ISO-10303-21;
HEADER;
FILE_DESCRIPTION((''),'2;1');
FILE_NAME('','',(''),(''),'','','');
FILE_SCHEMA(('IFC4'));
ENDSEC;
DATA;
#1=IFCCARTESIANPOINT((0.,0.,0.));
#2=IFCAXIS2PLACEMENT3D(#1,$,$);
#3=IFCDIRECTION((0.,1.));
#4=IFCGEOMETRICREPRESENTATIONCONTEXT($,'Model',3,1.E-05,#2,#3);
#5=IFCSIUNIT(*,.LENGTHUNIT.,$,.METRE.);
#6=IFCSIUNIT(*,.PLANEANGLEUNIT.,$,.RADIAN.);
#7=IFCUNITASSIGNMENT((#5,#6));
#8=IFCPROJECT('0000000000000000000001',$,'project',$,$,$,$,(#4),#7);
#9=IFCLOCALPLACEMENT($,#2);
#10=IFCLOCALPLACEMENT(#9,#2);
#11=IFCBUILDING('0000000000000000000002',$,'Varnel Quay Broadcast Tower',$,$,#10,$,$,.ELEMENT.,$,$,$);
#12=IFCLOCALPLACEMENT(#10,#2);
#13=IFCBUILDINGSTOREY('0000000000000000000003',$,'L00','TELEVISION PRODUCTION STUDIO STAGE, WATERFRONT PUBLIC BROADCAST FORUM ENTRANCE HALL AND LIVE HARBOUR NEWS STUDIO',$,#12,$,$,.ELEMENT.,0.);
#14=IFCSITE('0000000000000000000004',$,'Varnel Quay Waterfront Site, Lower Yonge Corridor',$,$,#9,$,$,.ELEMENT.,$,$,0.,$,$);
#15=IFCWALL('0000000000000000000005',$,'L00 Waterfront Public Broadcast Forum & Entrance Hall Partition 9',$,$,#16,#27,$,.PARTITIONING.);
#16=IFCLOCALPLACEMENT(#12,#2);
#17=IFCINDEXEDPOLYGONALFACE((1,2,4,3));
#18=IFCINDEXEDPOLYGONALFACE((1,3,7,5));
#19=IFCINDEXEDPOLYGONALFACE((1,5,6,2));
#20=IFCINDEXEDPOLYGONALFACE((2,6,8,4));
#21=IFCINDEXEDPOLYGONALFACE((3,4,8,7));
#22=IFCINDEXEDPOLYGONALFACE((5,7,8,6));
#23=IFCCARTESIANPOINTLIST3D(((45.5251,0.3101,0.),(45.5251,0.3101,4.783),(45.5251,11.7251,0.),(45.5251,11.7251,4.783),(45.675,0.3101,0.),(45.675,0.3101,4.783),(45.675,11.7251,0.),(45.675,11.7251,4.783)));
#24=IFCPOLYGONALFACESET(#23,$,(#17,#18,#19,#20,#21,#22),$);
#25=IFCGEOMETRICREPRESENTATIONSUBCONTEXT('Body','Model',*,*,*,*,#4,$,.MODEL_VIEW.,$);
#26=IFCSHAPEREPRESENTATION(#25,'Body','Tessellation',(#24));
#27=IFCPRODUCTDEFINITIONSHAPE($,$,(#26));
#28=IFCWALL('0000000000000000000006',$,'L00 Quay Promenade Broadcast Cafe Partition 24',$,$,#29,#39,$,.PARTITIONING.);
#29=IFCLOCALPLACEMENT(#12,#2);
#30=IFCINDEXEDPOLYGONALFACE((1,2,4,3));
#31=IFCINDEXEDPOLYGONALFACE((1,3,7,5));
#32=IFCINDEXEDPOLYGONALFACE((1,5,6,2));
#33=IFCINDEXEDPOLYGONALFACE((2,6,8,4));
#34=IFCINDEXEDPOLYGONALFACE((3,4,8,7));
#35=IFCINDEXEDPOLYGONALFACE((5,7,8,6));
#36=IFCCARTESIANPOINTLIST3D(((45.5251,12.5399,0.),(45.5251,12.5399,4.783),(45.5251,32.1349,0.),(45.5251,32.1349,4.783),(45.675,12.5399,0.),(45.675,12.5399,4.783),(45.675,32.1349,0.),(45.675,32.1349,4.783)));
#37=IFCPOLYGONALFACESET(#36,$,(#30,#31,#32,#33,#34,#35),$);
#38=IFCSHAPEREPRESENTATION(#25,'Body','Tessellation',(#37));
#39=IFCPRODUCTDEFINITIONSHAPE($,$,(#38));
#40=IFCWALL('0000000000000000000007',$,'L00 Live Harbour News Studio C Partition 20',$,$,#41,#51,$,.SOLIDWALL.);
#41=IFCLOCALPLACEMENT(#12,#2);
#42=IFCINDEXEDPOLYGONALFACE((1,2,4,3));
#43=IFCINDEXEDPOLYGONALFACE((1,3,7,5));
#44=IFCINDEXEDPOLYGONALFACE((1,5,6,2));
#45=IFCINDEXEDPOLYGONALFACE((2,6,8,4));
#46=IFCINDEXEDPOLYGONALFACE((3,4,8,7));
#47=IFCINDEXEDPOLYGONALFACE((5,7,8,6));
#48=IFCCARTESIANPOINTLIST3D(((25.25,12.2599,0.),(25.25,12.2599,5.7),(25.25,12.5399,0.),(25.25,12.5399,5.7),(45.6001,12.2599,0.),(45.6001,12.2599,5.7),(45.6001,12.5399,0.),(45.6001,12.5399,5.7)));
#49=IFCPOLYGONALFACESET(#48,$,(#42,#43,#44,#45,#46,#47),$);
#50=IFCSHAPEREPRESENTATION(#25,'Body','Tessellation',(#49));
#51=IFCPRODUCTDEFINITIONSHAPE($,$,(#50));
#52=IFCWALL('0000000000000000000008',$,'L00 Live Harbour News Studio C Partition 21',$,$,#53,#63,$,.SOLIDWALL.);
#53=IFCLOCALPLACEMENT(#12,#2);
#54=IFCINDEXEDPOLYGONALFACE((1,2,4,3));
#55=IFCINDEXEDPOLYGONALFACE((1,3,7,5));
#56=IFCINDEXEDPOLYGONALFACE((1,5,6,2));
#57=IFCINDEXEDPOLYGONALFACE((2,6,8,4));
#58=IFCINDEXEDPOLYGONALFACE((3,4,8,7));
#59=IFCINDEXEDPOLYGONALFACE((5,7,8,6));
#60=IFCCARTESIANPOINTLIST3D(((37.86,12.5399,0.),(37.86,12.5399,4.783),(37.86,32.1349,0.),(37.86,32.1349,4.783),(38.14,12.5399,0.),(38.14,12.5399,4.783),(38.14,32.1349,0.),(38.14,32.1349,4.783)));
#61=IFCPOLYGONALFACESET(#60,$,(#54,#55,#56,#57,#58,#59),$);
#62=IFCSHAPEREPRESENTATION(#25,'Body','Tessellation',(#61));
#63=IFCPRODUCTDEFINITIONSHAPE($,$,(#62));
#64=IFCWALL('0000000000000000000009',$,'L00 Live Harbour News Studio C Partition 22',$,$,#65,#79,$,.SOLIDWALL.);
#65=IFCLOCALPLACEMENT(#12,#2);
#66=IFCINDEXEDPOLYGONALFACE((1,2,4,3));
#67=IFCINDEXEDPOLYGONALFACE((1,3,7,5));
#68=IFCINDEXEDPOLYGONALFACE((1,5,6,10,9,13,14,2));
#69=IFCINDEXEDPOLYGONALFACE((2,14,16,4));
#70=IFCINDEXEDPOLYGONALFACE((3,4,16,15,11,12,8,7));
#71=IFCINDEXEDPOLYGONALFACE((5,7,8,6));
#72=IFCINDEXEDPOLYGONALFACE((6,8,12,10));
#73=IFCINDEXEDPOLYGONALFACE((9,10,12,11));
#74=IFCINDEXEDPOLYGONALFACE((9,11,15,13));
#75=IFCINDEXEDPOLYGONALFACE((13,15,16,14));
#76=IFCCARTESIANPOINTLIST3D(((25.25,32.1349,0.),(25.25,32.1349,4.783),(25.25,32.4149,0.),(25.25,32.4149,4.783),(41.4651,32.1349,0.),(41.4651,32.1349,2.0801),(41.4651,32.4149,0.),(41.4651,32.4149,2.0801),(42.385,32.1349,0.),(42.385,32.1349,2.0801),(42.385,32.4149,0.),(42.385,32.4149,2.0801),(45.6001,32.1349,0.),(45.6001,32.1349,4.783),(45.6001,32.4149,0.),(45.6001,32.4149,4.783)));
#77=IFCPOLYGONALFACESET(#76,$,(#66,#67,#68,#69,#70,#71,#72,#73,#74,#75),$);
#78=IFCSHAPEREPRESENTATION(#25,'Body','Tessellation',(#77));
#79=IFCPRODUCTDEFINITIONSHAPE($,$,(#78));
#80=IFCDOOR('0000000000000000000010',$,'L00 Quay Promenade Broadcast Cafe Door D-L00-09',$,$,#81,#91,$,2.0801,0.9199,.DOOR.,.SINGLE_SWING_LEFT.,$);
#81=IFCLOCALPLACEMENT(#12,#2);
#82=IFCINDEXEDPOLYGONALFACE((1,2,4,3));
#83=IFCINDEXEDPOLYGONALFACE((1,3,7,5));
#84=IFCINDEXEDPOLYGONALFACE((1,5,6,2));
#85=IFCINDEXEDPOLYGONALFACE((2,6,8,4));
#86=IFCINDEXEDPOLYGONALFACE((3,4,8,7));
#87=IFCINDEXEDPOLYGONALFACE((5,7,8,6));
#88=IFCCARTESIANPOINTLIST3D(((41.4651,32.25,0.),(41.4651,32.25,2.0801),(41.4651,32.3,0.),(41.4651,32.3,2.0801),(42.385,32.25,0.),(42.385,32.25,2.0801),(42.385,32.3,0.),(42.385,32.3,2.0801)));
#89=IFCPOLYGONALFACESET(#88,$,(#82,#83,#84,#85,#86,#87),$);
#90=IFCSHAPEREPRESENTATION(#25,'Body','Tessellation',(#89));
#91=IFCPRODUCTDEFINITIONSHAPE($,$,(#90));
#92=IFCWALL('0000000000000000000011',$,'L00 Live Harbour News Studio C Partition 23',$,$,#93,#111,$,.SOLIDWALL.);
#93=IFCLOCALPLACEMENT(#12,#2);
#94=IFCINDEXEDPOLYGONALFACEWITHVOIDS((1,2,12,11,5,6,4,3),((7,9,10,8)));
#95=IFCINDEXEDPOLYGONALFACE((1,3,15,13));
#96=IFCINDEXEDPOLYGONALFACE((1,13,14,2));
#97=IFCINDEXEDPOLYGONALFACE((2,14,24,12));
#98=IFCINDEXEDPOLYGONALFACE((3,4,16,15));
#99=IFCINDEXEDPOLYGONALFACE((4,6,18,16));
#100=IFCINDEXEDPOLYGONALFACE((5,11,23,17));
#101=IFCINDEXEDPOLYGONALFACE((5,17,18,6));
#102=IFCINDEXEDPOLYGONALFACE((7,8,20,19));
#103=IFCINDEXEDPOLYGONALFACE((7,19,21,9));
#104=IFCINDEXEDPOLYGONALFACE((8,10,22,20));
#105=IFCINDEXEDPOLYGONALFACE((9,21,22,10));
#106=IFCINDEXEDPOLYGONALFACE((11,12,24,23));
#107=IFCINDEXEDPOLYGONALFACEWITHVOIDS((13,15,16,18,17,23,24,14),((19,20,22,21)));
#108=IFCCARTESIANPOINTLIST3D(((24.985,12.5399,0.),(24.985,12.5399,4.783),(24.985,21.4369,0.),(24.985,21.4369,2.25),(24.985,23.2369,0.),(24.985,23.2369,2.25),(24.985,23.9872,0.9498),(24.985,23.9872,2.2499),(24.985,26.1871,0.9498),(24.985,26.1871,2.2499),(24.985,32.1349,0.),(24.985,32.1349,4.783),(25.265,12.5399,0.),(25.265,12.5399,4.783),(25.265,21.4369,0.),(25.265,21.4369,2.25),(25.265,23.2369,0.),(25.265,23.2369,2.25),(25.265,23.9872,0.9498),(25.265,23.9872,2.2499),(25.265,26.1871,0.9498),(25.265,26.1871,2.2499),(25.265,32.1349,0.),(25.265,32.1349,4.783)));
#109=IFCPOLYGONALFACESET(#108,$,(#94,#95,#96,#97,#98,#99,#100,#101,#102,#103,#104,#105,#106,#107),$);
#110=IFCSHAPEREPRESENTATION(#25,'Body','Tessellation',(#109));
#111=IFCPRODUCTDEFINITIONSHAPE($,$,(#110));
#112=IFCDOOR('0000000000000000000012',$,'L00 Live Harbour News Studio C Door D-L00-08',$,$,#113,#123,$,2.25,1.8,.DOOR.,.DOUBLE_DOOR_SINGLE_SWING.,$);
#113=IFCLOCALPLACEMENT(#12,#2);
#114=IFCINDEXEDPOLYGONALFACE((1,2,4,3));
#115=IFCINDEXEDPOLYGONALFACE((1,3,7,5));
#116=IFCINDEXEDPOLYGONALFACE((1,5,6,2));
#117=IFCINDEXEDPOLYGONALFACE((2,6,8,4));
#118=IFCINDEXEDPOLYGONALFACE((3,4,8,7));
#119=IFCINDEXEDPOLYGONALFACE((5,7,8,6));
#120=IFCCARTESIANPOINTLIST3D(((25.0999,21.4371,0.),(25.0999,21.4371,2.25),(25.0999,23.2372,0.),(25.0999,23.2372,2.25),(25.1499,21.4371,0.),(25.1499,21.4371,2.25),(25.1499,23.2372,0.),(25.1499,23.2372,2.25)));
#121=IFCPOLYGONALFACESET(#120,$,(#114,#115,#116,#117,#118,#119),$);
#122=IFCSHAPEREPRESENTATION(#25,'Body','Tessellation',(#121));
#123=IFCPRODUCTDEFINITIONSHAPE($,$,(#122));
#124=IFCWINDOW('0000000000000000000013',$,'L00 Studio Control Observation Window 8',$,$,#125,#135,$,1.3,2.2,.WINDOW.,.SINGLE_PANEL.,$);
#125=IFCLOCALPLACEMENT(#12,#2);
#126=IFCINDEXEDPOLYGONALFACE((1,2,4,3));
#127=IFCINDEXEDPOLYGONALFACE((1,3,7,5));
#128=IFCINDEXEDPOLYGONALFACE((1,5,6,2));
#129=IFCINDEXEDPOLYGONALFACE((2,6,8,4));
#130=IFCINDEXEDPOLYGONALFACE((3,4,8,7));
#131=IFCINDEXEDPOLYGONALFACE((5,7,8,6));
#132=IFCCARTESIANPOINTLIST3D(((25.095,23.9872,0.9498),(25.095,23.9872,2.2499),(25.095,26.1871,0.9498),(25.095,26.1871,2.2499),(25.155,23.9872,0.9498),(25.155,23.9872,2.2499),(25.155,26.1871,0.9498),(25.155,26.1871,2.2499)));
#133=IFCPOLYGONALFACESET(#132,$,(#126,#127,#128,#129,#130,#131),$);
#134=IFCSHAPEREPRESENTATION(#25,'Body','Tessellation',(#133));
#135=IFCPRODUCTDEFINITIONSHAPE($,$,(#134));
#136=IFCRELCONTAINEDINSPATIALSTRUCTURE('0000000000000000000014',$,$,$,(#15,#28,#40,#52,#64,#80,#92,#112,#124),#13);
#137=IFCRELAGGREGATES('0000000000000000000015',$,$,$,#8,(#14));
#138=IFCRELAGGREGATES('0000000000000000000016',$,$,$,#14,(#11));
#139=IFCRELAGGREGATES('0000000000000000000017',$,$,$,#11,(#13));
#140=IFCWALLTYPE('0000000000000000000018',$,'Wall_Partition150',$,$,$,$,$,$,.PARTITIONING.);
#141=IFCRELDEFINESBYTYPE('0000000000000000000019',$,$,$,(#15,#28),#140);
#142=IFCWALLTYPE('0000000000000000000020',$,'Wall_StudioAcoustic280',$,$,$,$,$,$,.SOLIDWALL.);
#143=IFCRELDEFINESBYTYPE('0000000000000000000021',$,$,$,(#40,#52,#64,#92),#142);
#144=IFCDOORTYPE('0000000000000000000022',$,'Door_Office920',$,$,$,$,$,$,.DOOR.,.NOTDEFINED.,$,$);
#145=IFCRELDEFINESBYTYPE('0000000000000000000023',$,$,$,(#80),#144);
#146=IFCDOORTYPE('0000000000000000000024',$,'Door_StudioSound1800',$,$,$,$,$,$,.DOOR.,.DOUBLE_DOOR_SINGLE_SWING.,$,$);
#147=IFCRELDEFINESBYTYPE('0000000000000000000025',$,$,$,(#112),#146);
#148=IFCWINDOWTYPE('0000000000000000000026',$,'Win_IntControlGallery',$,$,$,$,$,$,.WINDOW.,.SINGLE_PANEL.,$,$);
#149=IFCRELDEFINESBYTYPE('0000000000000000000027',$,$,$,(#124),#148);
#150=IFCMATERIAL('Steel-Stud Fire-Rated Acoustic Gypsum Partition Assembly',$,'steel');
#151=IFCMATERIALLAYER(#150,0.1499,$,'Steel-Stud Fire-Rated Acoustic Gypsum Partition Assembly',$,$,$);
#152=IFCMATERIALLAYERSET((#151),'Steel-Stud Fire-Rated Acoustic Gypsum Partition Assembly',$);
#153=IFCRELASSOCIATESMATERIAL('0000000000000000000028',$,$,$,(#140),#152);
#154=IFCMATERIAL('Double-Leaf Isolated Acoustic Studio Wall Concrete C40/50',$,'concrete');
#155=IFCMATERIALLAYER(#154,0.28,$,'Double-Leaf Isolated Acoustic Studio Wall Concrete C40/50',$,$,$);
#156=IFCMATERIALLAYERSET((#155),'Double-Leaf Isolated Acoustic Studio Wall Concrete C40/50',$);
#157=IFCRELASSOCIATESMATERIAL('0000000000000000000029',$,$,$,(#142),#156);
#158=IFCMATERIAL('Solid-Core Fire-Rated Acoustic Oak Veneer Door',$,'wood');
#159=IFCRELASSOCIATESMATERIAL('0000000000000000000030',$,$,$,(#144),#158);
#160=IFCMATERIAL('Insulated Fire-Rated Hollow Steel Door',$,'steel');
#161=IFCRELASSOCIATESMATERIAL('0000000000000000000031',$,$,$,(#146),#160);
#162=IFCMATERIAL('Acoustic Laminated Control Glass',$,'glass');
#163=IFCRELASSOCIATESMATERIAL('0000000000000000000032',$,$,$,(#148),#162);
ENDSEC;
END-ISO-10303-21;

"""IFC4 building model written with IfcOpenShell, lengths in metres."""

from ifc_helpers import new_model, si_unit, direction, frame, frame_2d, origin, place, context, subcontext, project, spatial, rectangle, extrude, source, transform, mapped, material, layer, layer_set, type_object, type_shapes, element, fill, save


model = new_model("IFC4")

# Units and contexts
model_context = context("Model", 3, precision=1e-05, world=origin(), true_north=direction((0.0, 1.0)))
body_context = subcontext(model_context, "Body", "Model", "MODEL_VIEW")
ifc_project = project(units=[si_unit("LENGTHUNIT", "METRE"), si_unit("PLANEANGLEUNIT", "RADIAN")], contexts=[model_context])

# Site, building, storey
site_placement = place(None, origin())
site = spatial("IfcSite", under=ifc_project, at=site_placement, Name="Varnel Quay Waterfront Site, Lower Yonge Corridor", CompositionType="ELEMENT", RefElevation=0.0)
building_placement = place(site_placement, origin())
building = spatial("IfcBuilding", under=site, at=building_placement, Name="Varnel Quay Broadcast Tower", CompositionType="ELEMENT")
storey_placement = place(building_placement, origin())
storey = spatial("IfcBuildingStorey", under=building, at=storey_placement, Name="L00", Description="TELEVISION PRODUCTION STUDIO STAGE, WATERFRONT PUBLIC BROADCAST FORUM ENTRANCE HALL AND LIVE HARBOUR NEWS STUDIO", CompositionType="ELEMENT", Elevation=0.0)

# Shared definitions
ifc_material_1 = material(Name="Insulated Fire-Rated Hollow Steel Door", Category="steel")

# Walls
ifc_material_2 = material(Name="Steel-Stud Fire-Rated Acoustic Gypsum Partition Assembly", Category="steel")
ifc_layer_1 = layer(ifc_material_2, 0.1499, Name="Steel-Stud Fire-Rated Acoustic Gypsum Partition Assembly")
ifc_layer_set_1 = layer_set([ifc_layer_1], Name="Steel-Stud Fire-Rated Acoustic Gypsum Partition Assembly")
wall_type_1 = type_object("IfcWallType", Name="Wall_Partition150", PredefinedType="PARTITIONING", material=ifc_layer_set_1)
wall_1_placement = place(storey_placement, frame((45.6001, 0.3101, 0.0), z_axis=(0.0, 0.0, 1.0), x_axis=(0.0, 1.0, 0.0)))
element("IfcWall", 1, at=wall_1_placement, inside=storey, type_object=wall_type_1, Name="L00 Waterfront Public Broadcast Forum & Entrance Hall Partition 9", PredefinedType="PARTITIONING", context=body_context, shape_type="SweptSolid", body=[
    extrude(rectangle(XDim=11.415, YDim=0.1499, at=frame_2d((5.7075, 0.0))), origin(), (0.0, 0.0, 1.0), 4.783),
])
wall_2_placement = place(storey_placement, frame((45.6001, 12.54, 0.0), z_axis=(0.0, 0.0, 1.0), x_axis=(0.0, 1.0, 0.0)))
element("IfcWall", 2, at=wall_2_placement, inside=storey, type_object=wall_type_1, Name="L00 Quay Promenade Broadcast Cafe Partition 24", PredefinedType="PARTITIONING", context=body_context, shape_type="SweptSolid", body=[
    extrude(rectangle(XDim=19.595, YDim=0.1499, at=frame_2d((9.7974, 0.0))), origin(), (0.0, 0.0, 1.0), 4.783),
])
ifc_material_3 = material(Name="Double-Leaf Isolated Acoustic Studio Wall Concrete C40/50", Category="concrete")
ifc_layer_2 = layer(ifc_material_3, 0.28, Name="Double-Leaf Isolated Acoustic Studio Wall Concrete C40/50")
ifc_layer_set_2 = layer_set([ifc_layer_2], Name="Double-Leaf Isolated Acoustic Studio Wall Concrete C40/50")
wall_type_2 = type_object("IfcWallType", Name="Wall_StudioAcoustic280", PredefinedType="SOLIDWALL", material=ifc_layer_set_2)
wall_3_placement = place(storey_placement, frame((25.25, 12.3999, 0.0), z_axis=(0.0, 0.0, 1.0), x_axis=(1.0, 0.0, 0.0)))
element("IfcWall", 3, at=wall_3_placement, inside=storey, type_object=wall_type_2, Name="L00 Live Harbour News Studio C Partition 20", PredefinedType="SOLIDWALL", context=body_context, shape_type="SweptSolid", body=[
    extrude(rectangle(XDim=20.3501, YDim=0.28, at=frame_2d((10.175, 0.0))), origin(), (0.0, 0.0, 1.0), 5.7),
])
wall_4_placement = place(storey_placement, frame((38.0, 12.54, 0.0), z_axis=(0.0, 0.0, 1.0), x_axis=(0.0, 1.0, 0.0)))
element("IfcWall", 4, at=wall_4_placement, inside=storey, type_object=wall_type_2, Name="L00 Live Harbour News Studio C Partition 21", PredefinedType="SOLIDWALL", context=body_context, shape_type="SweptSolid", body=[
    extrude(rectangle(XDim=19.595, YDim=0.28, at=frame_2d((9.7974, 0.0))), origin(), (0.0, 0.0, 1.0), 4.783),
])

# Wall, opening, door
wall_5_placement = place(storey_placement, frame((25.25, 32.2749, 0.0), z_axis=(0.0, 0.0, 1.0), x_axis=(1.0, 0.0, 0.0)))
wall_5 = element("IfcWall", 5, at=wall_5_placement, inside=storey, type_object=wall_type_2, Name="L00 Live Harbour News Studio C Partition 22", PredefinedType="SOLIDWALL", context=body_context, shape_type="SweptSolid", body=[
    extrude(rectangle(XDim=20.3501, YDim=0.28, at=frame_2d((10.175, 0.0))), origin(), (0.0, 0.0, 1.0), 4.783),
])
opening_1_placement = place(wall_5_placement, frame((16.2151, 0.0, 0.0)))
opening_1 = element("IfcOpeningElement", 6, at=opening_1_placement, cuts=wall_5, PredefinedType="OPENING", context=body_context, shape_type="SweptSolid", body=[
    extrude(rectangle(XDim=0.9199, YDim=2.0801, at=frame_2d((0.46, 1.04))), frame((0.0, 0.1499, 0.0), z_axis=(0.0, -1.0, 0.0), x_axis=(1.0, 0.0, 0.0)), (0.0, 0.0, 1.0), 0.3),
])
ifc_material_4 = material(Name="Solid-Core Fire-Rated Acoustic Oak Veneer Door", Category="wood")
door_type_1 = type_object("IfcDoorType", Name="Door_Office920", OperationType="NOTDEFINED", PredefinedType="DOOR", material=ifc_material_4)
shared_shape_1 = source(origin(), body_context, "Body", "SweptSolid", [
    extrude(rectangle(XDim=0.9199, YDim=2.0801, at=frame_2d((0.46, 1.04))), frame((0.0, 0.0249, 0.0), z_axis=(0.0, -1.0, 0.0), x_axis=(1.0, 0.0, 0.0)), (0.0, 0.0, 1.0), 0.05),
])
type_shapes(door_type_1, [shared_shape_1])
door_1_placement = place(opening_1_placement, frame((0.9199, 0.0, 0.0), z_axis=(0.0, 0.0, 1.0), x_axis=(-1.0, 0.0, 0.0)))
door_1 = element("IfcDoor", 7, at=door_1_placement, inside=storey, type_object=door_type_1, Name="L00 Quay Promenade Broadcast Cafe Door D-L00-09", OperationType="SINGLE_SWING_LEFT", OverallHeight=2.0801, OverallWidth=0.9199, PredefinedType="DOOR", context=body_context, shape_type="MappedRepresentation", body=[
    mapped(shared_shape_1, transform((0.0, 0.0, 0.0), x_axis=(1.0, 0.0, 0.0), y_axis=(0.0, 1.0, 0.0), z_axis=(0.0, 0.0, 1.0), scale=1.0)),
])
fill(opening_1, door_1)

# Wall, openings, door, window
wall_6_placement = place(storey_placement, frame((25.125, 12.54, 0.0), z_axis=(0.0, 0.0, 1.0), x_axis=(0.0, 1.0, 0.0)))
wall_6 = element("IfcWall", 8, at=wall_6_placement, inside=storey, type_object=wall_type_2, Name="L00 Live Harbour News Studio C Partition 23", PredefinedType="SOLIDWALL", context=body_context, shape_type="SweptSolid", body=[
    extrude(rectangle(XDim=19.595, YDim=0.28, at=frame_2d((9.7974, 0.0))), origin(), (0.0, 0.0, 1.0), 4.783),
])
opening_2_placement = place(wall_6_placement, frame((8.897, 0.0, 0.0)))
opening_2 = element("IfcOpeningElement", 9, at=opening_2_placement, cuts=wall_6, PredefinedType="OPENING", context=body_context, shape_type="SweptSolid", body=[
    extrude(rectangle(XDim=1.8, YDim=2.25, at=frame_2d((0.8999, 1.125))), frame((0.0, 0.1499, 0.0), z_axis=(0.0, -1.0, 0.0), x_axis=(1.0, 0.0, 0.0)), (0.0, 0.0, 1.0), 0.3),
])
opening_3_placement = place(wall_6_placement, frame((11.447, 0.0, 0.95)))
opening_3 = element("IfcOpeningElement", 10, at=opening_3_placement, cuts=wall_6, PredefinedType="OPENING", context=body_context, shape_type="SweptSolid", body=[
    extrude(rectangle(XDim=2.2, YDim=1.3, at=frame_2d((1.1001, 0.6499))), frame((0.0, 0.1499, 0.0), z_axis=(0.0, -1.0, 0.0), x_axis=(1.0, 0.0, 0.0)), (0.0, 0.0, 1.0), 0.3),
])
door_type_2 = type_object("IfcDoorType", Name="Door_StudioSound1800", OperationType="DOUBLE_DOOR_SINGLE_SWING", PredefinedType="DOOR", material=ifc_material_1)
shared_shape_2 = source(origin(), body_context, "Body", "SweptSolid", [
    extrude(rectangle(XDim=1.8, YDim=2.25, at=frame_2d((0.8999, 1.125))), frame((0.0, 0.0249, 0.0), z_axis=(0.0, -1.0, 0.0), x_axis=(1.0, 0.0, 0.0)), (0.0, 0.0, 1.0), 0.05),
])
type_shapes(door_type_2, [shared_shape_2])
door_2_placement = place(opening_2_placement, frame((1.8, 0.0, 0.0), z_axis=(0.0, 0.0, 1.0), x_axis=(-1.0, 0.0, 0.0)))
door_2 = element("IfcDoor", 11, at=door_2_placement, inside=storey, type_object=door_type_2, Name="L00 Live Harbour News Studio C Door D-L00-08", OperationType="DOUBLE_DOOR_SINGLE_SWING", OverallHeight=2.25, OverallWidth=1.8, PredefinedType="DOOR", context=body_context, shape_type="MappedRepresentation", body=[
    mapped(shared_shape_2, transform((0.0, 0.0, 0.0), x_axis=(1.0, 0.0, 0.0), y_axis=(0.0, 1.0, 0.0), z_axis=(0.0, 0.0, 1.0), scale=1.0)),
])
fill(opening_2, door_2)
ifc_material_5 = material(Name="Acoustic Laminated Control Glass", Category="glass")
window_type = type_object("IfcWindowType", Name="Win_IntControlGallery", PartitioningType="SINGLE_PANEL", PredefinedType="WINDOW", material=ifc_material_5)
shared_shape_3 = source(origin(), body_context, "Body", "SweptSolid", [
    extrude(rectangle(XDim=2.2, YDim=1.3, at=frame_2d((1.1001, 0.6499))), frame((0.0, 0.03, 0.0), z_axis=(0.0, -1.0, 0.0), x_axis=(1.0, 0.0, 0.0)), (0.0, 0.0, 1.0), 0.0601),
])
type_shapes(window_type, [shared_shape_3])
window_placement = place(opening_3_placement, origin())
window = element("IfcWindow", 12, at=window_placement, inside=storey, type_object=window_type, Name="L00 Studio Control Observation Window 8", OverallHeight=1.3, OverallWidth=2.2, PartitioningType="SINGLE_PANEL", PredefinedType="WINDOW", context=body_context, shape_type="MappedRepresentation", body=[
    mapped(shared_shape_3, transform((0.0, 0.0, 0.0), x_axis=(1.0, 0.0, 0.0), y_axis=(0.0, 1.0, 0.0), z_axis=(0.0, 0.0, 1.0), scale=1.0)),
])
fill(opening_3, window)

save(model, "model.ifc")
